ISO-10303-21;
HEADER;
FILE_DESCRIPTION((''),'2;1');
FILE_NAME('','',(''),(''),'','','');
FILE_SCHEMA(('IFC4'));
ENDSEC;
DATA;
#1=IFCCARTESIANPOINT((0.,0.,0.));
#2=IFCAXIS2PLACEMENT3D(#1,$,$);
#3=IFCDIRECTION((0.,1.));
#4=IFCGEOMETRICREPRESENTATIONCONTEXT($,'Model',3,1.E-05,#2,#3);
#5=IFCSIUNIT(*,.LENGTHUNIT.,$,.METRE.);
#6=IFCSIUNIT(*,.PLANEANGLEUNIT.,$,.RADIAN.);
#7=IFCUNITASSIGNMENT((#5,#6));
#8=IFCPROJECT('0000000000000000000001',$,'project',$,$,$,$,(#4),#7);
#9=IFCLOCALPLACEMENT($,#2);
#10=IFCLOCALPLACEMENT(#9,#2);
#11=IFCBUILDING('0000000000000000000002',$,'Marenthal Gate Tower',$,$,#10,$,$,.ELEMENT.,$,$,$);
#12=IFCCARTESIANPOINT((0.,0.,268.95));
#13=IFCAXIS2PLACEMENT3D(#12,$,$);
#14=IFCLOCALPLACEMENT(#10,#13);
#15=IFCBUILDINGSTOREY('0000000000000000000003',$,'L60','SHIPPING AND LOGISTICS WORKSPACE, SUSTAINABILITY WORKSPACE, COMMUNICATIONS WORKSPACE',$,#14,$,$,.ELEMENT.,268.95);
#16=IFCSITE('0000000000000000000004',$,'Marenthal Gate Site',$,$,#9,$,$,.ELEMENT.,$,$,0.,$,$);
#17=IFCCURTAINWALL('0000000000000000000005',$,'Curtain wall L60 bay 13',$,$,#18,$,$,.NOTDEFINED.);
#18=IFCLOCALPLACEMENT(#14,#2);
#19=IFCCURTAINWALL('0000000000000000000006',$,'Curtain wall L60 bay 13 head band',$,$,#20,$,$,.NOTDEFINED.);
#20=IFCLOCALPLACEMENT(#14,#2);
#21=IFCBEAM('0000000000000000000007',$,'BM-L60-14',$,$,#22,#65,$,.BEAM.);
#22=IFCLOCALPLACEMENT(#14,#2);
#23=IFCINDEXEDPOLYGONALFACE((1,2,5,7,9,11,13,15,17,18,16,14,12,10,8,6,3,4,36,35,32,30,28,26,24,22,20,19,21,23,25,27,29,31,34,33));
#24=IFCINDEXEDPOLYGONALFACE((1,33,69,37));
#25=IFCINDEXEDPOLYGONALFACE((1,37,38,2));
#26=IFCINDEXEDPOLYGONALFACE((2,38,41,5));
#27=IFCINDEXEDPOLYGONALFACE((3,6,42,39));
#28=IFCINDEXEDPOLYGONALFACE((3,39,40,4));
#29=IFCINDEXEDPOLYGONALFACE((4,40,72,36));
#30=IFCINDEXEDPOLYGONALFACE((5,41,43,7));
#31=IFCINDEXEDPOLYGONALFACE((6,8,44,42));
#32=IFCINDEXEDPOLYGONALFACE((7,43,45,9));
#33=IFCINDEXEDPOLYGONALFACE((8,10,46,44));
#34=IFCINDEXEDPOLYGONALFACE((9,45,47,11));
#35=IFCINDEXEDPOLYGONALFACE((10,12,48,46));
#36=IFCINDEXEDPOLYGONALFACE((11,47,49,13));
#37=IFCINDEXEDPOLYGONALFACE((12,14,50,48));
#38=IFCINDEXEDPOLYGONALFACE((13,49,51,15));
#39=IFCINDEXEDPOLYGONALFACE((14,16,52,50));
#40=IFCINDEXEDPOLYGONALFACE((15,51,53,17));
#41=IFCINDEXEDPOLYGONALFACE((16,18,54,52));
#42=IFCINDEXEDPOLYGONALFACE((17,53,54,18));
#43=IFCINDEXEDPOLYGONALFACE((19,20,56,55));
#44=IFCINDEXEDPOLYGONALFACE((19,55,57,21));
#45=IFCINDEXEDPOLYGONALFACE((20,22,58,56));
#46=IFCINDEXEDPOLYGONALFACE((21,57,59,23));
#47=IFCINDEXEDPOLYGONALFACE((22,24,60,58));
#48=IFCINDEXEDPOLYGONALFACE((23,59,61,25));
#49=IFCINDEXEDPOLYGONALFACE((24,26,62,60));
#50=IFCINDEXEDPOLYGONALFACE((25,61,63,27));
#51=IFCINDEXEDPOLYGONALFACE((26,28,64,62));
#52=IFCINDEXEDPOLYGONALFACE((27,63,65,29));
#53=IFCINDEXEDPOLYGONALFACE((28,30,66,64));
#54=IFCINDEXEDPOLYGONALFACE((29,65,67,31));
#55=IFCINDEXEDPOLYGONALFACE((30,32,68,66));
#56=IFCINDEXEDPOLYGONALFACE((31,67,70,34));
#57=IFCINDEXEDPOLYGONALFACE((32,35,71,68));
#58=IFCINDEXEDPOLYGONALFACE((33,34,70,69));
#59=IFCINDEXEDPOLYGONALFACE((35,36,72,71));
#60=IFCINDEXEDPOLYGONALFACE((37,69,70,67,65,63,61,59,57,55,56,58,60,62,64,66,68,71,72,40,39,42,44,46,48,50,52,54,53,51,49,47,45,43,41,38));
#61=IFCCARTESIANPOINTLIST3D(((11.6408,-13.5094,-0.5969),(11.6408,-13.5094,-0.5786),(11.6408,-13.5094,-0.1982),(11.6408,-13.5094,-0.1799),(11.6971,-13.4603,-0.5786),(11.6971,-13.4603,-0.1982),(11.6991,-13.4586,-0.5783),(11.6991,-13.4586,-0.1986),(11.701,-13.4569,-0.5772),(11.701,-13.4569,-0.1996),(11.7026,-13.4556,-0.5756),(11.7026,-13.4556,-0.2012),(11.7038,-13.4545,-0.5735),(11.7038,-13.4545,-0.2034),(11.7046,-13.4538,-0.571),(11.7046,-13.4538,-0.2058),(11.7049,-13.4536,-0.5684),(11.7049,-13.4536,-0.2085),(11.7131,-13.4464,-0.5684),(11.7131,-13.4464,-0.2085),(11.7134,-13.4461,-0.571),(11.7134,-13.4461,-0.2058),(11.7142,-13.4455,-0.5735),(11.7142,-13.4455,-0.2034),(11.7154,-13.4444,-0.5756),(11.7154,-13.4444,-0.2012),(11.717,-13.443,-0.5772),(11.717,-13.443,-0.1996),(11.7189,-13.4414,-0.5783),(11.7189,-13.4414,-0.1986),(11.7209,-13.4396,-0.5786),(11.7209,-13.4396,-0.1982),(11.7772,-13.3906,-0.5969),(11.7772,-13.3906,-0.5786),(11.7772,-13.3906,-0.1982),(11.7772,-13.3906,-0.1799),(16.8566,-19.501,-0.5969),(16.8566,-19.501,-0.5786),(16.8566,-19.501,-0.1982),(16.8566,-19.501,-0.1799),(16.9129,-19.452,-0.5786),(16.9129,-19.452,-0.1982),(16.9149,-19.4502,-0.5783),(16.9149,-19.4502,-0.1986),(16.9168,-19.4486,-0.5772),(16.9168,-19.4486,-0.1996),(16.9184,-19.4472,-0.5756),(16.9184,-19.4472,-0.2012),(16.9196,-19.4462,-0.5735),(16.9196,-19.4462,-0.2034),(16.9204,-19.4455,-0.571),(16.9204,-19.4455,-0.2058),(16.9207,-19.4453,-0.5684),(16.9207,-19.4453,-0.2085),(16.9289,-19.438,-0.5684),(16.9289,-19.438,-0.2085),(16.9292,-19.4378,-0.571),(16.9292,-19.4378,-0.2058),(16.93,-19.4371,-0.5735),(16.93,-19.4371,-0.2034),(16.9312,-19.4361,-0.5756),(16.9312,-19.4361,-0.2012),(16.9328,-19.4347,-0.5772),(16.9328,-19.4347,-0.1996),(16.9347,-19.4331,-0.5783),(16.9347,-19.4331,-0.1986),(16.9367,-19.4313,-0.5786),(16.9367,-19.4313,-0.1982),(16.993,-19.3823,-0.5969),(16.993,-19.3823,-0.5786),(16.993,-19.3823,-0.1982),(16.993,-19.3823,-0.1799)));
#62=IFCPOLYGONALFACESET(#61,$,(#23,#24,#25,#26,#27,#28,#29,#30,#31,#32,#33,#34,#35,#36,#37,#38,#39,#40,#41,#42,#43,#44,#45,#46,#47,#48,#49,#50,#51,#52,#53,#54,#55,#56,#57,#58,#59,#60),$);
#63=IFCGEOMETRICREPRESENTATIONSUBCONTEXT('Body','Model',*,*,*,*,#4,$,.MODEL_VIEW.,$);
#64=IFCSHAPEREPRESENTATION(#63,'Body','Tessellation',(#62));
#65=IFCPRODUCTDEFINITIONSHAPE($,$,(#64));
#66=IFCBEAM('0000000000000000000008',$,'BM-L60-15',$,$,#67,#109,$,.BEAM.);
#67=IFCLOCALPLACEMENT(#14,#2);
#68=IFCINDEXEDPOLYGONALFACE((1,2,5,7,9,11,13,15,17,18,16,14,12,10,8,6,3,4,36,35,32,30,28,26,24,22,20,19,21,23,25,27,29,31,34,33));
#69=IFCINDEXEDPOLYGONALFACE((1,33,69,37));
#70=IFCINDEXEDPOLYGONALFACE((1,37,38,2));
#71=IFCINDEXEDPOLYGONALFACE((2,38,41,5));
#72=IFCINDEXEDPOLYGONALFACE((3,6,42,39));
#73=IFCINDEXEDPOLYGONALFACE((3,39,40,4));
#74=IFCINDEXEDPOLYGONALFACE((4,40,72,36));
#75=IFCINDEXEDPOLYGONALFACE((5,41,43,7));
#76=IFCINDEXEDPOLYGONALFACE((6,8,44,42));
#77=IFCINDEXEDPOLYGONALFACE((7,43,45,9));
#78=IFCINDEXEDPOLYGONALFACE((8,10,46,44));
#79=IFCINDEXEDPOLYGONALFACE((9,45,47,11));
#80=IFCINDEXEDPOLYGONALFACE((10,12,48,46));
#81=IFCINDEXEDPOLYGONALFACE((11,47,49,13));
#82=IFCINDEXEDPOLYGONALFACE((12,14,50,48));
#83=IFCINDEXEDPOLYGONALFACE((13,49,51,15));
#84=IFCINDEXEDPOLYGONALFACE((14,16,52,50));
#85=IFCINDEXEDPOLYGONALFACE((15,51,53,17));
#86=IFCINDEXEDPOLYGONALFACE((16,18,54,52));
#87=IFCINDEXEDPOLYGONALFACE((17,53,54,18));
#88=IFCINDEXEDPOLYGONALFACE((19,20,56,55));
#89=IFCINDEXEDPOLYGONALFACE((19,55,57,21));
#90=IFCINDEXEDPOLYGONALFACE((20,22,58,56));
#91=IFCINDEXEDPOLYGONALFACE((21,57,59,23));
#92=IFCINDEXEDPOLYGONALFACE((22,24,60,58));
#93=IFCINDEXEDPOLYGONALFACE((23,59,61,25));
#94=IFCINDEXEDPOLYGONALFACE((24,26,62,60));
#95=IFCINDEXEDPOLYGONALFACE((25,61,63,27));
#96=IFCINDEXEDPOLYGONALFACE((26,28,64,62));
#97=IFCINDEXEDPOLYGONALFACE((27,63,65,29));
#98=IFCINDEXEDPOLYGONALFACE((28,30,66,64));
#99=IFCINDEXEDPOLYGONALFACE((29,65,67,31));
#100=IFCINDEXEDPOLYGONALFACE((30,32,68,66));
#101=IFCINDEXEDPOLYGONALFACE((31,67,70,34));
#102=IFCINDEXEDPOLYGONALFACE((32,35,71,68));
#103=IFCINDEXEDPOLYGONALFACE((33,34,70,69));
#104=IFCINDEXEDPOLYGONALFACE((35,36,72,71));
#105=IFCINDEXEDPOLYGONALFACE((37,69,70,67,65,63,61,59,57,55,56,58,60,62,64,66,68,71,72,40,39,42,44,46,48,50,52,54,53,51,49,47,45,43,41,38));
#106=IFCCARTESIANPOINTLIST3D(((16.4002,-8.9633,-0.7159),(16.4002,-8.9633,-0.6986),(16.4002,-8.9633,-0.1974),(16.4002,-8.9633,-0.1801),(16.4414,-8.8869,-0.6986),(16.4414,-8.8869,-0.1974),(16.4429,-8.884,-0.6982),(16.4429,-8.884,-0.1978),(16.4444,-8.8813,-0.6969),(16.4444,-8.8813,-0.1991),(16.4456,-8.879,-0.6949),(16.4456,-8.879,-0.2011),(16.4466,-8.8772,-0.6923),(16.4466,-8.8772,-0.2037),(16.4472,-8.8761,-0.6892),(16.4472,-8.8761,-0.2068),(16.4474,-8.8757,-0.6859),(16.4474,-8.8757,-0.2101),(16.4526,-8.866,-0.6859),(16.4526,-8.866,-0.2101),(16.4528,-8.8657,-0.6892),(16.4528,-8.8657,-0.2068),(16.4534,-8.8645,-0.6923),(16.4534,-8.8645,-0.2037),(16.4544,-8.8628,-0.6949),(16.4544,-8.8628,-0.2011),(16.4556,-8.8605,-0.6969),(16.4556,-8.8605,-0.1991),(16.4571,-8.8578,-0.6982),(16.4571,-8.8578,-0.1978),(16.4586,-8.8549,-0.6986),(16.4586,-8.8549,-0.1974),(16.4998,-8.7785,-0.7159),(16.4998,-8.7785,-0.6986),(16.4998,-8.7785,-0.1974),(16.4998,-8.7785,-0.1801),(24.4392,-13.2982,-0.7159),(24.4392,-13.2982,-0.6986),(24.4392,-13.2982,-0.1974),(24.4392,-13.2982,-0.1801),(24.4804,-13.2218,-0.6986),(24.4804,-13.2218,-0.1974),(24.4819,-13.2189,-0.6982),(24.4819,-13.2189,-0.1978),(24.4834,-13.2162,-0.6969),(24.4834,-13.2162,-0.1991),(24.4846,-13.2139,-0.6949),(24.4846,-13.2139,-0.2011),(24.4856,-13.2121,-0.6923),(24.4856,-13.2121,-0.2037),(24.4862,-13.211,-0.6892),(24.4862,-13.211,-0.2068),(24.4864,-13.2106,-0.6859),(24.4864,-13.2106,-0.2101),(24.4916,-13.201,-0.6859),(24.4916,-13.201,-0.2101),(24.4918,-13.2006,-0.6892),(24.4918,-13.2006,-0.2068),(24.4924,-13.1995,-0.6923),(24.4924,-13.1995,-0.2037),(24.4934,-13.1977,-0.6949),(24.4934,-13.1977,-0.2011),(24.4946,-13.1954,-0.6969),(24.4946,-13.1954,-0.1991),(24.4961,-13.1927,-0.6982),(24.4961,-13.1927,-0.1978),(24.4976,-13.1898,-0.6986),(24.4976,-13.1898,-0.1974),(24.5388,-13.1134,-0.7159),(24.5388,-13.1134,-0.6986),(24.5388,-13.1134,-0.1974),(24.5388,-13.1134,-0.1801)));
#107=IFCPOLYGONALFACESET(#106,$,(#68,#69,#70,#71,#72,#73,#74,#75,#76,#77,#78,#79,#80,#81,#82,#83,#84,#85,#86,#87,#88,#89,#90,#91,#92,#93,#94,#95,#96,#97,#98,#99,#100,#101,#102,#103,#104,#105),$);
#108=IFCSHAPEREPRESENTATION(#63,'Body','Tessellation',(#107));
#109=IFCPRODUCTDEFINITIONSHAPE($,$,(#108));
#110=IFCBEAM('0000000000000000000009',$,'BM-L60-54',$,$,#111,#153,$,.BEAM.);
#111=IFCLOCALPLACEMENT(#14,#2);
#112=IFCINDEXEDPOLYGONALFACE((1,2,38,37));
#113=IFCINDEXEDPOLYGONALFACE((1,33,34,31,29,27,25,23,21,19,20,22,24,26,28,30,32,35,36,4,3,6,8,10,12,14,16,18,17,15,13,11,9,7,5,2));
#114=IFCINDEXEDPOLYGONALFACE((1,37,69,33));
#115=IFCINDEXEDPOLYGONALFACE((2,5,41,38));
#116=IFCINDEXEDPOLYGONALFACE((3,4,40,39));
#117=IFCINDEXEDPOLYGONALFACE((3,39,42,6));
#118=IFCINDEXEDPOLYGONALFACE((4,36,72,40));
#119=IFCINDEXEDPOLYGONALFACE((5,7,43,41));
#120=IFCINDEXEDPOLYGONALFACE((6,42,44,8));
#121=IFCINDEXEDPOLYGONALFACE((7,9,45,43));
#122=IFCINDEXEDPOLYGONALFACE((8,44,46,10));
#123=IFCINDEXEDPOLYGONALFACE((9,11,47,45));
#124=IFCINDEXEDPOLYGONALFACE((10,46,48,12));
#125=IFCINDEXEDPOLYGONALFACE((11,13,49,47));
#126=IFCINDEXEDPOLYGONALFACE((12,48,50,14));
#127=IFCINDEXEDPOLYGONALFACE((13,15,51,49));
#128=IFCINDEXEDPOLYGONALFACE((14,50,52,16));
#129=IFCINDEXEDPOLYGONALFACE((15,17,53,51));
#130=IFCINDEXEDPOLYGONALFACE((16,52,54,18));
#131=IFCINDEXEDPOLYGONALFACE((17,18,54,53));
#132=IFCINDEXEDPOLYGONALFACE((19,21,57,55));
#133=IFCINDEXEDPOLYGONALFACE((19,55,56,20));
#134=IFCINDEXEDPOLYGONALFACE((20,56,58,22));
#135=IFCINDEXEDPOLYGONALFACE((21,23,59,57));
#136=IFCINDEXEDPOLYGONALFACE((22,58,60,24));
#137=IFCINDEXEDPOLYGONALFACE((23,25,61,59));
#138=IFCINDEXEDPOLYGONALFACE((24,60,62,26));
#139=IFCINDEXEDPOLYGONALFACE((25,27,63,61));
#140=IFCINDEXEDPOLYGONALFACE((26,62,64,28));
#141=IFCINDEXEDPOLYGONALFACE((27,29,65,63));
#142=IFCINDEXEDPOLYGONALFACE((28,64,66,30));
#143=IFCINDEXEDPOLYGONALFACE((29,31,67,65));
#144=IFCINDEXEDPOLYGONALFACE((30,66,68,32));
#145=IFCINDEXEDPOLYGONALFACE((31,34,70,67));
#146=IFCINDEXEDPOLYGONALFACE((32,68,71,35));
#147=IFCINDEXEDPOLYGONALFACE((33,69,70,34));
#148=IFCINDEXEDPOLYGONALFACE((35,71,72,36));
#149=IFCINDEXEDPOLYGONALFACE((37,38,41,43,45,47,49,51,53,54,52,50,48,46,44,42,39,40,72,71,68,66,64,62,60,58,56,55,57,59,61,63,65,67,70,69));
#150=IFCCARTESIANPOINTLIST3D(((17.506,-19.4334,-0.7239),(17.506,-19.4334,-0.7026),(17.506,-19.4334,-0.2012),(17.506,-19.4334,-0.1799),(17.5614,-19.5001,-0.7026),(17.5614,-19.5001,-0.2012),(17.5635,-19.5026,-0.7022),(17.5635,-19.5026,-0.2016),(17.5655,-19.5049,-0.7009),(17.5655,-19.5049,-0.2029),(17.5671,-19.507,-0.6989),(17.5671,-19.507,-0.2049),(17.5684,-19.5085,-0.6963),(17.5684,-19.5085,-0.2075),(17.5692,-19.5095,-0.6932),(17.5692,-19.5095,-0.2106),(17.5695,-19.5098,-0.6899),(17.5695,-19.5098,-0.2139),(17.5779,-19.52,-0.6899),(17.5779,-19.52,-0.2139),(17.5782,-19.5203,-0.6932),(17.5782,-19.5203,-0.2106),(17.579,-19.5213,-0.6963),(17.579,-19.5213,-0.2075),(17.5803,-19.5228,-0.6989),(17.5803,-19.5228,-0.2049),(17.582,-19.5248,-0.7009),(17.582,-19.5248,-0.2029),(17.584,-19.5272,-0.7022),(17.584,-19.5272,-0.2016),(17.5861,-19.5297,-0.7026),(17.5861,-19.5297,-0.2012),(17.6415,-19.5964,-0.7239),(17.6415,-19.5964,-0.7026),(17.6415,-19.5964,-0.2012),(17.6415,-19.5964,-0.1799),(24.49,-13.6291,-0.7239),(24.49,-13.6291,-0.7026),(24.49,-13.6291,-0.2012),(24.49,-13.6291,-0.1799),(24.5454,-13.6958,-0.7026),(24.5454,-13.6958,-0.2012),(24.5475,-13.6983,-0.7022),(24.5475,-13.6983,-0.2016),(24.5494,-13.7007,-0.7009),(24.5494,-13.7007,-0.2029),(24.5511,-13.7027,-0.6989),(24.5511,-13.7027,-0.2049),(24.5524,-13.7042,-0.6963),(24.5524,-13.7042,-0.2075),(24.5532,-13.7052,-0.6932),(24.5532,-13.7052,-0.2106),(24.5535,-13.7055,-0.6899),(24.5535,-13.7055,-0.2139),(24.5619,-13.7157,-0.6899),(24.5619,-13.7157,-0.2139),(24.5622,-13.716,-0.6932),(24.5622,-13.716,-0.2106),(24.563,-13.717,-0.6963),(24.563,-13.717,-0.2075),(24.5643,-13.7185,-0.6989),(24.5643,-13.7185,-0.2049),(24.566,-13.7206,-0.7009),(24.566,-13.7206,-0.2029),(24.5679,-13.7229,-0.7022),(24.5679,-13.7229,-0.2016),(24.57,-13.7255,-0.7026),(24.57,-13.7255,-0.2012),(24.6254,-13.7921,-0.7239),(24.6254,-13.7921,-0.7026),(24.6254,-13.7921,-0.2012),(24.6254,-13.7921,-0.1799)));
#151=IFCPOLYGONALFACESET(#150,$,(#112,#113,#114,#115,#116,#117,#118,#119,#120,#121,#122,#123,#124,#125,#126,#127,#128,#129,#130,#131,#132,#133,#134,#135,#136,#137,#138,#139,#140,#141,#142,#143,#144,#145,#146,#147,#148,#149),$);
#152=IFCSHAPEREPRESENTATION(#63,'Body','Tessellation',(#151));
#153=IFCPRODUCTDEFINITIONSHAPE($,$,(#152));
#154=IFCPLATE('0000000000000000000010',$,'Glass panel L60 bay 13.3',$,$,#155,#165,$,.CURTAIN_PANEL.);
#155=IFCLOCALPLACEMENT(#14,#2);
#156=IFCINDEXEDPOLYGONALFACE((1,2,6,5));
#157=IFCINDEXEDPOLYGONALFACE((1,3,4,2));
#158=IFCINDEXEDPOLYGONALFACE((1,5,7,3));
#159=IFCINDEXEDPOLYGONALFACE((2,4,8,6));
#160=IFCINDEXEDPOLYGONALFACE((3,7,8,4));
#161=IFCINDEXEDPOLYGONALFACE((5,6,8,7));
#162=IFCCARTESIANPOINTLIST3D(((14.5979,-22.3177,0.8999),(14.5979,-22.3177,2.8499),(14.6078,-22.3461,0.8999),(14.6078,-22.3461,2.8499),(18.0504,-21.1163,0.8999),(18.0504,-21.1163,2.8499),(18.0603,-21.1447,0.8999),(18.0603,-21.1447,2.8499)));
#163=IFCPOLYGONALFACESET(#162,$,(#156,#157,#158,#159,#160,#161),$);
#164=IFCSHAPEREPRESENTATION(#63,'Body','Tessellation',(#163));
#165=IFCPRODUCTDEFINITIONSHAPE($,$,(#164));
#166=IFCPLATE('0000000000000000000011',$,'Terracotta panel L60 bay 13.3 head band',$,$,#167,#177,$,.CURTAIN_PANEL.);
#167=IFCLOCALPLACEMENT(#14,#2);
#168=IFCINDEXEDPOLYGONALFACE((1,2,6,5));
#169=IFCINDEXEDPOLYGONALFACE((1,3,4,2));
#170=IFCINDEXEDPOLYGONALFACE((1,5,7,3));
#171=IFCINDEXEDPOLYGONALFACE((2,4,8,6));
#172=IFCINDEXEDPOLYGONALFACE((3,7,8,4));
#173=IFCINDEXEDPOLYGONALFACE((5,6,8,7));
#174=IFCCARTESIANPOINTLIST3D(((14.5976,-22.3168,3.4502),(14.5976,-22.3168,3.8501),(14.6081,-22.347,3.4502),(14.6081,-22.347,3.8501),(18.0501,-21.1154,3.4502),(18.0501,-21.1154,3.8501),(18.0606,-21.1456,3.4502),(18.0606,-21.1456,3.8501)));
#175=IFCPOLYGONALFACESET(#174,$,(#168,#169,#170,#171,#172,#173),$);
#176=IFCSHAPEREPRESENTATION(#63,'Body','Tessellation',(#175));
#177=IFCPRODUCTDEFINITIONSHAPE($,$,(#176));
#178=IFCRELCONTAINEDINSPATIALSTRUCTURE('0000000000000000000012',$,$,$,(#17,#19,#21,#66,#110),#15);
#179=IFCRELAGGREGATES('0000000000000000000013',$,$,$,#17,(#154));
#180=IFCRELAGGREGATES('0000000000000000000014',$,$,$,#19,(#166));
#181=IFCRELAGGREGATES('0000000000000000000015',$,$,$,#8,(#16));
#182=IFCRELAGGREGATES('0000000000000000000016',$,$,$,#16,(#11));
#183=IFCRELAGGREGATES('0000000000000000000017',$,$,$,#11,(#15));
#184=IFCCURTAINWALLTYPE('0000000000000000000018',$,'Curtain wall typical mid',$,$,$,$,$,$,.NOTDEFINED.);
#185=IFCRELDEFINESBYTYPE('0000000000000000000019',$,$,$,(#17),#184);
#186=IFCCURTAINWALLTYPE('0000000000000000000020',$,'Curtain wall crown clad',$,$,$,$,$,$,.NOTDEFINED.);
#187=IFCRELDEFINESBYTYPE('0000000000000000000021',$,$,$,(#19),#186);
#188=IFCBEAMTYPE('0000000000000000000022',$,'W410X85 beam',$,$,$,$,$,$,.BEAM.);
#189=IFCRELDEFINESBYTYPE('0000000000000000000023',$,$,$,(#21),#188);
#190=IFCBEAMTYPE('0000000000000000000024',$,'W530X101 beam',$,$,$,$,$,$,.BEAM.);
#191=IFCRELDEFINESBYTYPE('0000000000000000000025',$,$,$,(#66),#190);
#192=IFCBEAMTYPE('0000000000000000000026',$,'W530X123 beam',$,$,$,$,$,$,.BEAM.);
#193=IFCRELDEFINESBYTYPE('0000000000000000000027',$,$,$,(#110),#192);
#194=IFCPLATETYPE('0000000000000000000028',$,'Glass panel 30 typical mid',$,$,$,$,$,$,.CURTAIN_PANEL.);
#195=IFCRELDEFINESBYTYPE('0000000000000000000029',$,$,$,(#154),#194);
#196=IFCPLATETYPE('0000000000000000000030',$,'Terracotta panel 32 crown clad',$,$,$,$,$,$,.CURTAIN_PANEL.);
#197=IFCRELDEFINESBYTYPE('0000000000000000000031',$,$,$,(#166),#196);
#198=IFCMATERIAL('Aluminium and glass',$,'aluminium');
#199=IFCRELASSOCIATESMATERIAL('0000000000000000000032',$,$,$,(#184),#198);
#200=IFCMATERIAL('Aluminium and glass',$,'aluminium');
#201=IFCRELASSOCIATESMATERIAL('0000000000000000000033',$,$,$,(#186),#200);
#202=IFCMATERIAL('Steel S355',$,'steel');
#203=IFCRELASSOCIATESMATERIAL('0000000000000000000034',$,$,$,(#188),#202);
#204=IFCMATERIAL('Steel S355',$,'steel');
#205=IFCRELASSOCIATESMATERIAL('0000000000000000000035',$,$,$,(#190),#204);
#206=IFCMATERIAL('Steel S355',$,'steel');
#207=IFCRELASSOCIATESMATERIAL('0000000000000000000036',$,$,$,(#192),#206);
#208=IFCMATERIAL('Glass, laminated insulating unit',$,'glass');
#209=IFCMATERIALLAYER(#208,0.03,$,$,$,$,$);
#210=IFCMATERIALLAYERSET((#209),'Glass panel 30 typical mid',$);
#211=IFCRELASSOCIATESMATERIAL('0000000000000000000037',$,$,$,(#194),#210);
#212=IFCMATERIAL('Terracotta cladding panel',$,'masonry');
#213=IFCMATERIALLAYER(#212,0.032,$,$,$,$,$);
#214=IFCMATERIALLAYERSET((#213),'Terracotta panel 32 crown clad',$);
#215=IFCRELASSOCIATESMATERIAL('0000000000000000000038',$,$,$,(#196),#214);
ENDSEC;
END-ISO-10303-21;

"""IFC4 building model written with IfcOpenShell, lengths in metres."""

from ifc_helpers import new_model, si_unit, direction, frame, origin, origin_2d, place, context, subcontext, project, spatial, rectangle, i_section, extrude, material, layer, layer_set, material_profile, profile_set, type_object, element, aggregate, save


model = new_model("IFC4")

# Units and contexts
model_context = context("Model", 3, precision=1e-05, world=origin(), true_north=direction((0.0, 1.0)))
body_context = subcontext(model_context, "Body", "Model", "MODEL_VIEW")
ifc_project = project(units=[si_unit("LENGTHUNIT", "METRE"), si_unit("PLANEANGLEUNIT", "RADIAN")], contexts=[model_context])

# Site, building, storey
site_placement = place(None, origin())
site = spatial("IfcSite", under=ifc_project, at=site_placement, Name="Marenthal Gate Site", CompositionType="ELEMENT", RefElevation=0.0)
building_placement = place(site_placement, origin())
building = spatial("IfcBuilding", under=site, at=building_placement, Name="Marenthal Gate Tower", CompositionType="ELEMENT")
storey_placement = place(building_placement, frame((0.0, 0.0, 268.95)))
storey = spatial("IfcBuildingStorey", under=building, at=storey_placement, Name="L60", Description="SHIPPING AND LOGISTICS WORKSPACE, SUSTAINABILITY WORKSPACE, COMMUNICATIONS WORKSPACE", CompositionType="ELEMENT", Elevation=268.95)

# Curtain wall
ifc_material_1 = material(Name="Aluminium and glass", Category="aluminium")
curtain_wall_type_1 = type_object("IfcCurtainWallType", Name="Curtain wall typical mid", PredefinedType="NOTDEFINED", material=ifc_material_1)
curtain_wall_1_placement = place(storey_placement, origin())
curtain_wall_1 = element("IfcCurtainWall", 1, at=curtain_wall_1_placement, inside=storey, type_object=curtain_wall_type_1, Name="Curtain wall L60 bay 13", PredefinedType="NOTDEFINED")

# Curtain wall
ifc_material_2 = material(Name="Aluminium and glass", Category="aluminium")
curtain_wall_type_2 = type_object("IfcCurtainWallType", Name="Curtain wall crown clad", PredefinedType="NOTDEFINED", material=ifc_material_2)
curtain_wall_2_placement = place(storey_placement, origin())
curtain_wall_2 = element("IfcCurtainWall", 2, at=curtain_wall_2_placement, inside=storey, type_object=curtain_wall_type_2, Name="Curtain wall L60 bay 13 head band", PredefinedType="NOTDEFINED")

# Beams
ifc_material_3 = material(Name="Steel S355", Category="steel")
ifc_material_profile_1 = material_profile(ifc_material_3, i_section(OverallWidth=0.1809, OverallDepth=0.417, WebThickness=0.011, FlangeThickness=0.0183, FilletRadius=0.0103, at=origin_2d()), Name="W410X85")
ifc_profile_set_1 = profile_set([ifc_material_profile_1], Name="Steel S355")
beam_type_1 = type_object("IfcBeamType", Name="W410X85 beam", PredefinedType="BEAM", material=ifc_profile_set_1)
beam_1_placement = place(storey_placement, frame((16.9248, -19.4417, -0.3884), z_axis=(-0.656583, 0.754253, 0.0), x_axis=(-0.754253, -0.656583, 0.0)))
element("IfcBeam", 3, at=beam_1_placement, inside=storey, type_object=beam_type_1, Name="BM-L60-14", PredefinedType="BEAM", context=body_context, shape_type="SweptSolid", body=[
    extrude(i_section(OverallWidth=0.1809, OverallDepth=0.417, WebThickness=0.011, FlangeThickness=0.0183, FilletRadius=0.0103, at=origin_2d()), origin(), (0.0, 0.0, 1.0), 7.9438),
])
ifc_material_4 = material(Name="Steel S355", Category="steel")
ifc_material_profile_2 = material_profile(ifc_material_4, i_section(OverallWidth=0.21, OverallDepth=0.5359, WebThickness=0.011, FlangeThickness=0.0173, FilletRadius=0.0127, at=origin_2d()), Name="W530X101")
ifc_profile_set_2 = profile_set([ifc_material_profile_2], Name="Steel S355")
beam_type_2 = type_object("IfcBeamType", Name="W530X101 beam", PredefinedType="BEAM", material=ifc_profile_set_2)
beam_2_placement = place(storey_placement, frame((24.489, -13.2058, -0.448), z_axis=(-0.880186, 0.474629, 0.0), x_axis=(-0.474629, -0.880186, 0.0)))
element("IfcBeam", 4, at=beam_2_placement, inside=storey, type_object=beam_type_2, Name="BM-L60-15", PredefinedType="BEAM", context=body_context, shape_type="SweptSolid", body=[
    extrude(i_section(OverallWidth=0.21, OverallDepth=0.5359, WebThickness=0.011, FlangeThickness=0.0173, FilletRadius=0.0127, at=origin_2d()), origin(), (0.0, 0.0, 1.0), 9.1333),
])
ifc_material_5 = material(Name="Steel S355", Category="steel")
ifc_material_profile_3 = material_profile(ifc_material_5, i_section(OverallWidth=0.2119, OverallDepth=0.5439, WebThickness=0.0132, FlangeThickness=0.0212, FilletRadius=0.0127, at=origin_2d()), Name="W530X123")
ifc_profile_set_3 = profile_set([ifc_material_profile_3], Name="Steel S355")
beam_type_3 = type_object("IfcBeamType", Name="W530X123 beam", PredefinedType="BEAM", material=ifc_profile_set_3)
beam_3_placement = place(storey_placement, frame((17.5737, -19.5149, -0.4519), z_axis=(0.769071, 0.639163, 0.0), x_axis=(-0.639163, 0.769071, 0.0)))
element("IfcBeam", 5, at=beam_3_placement, inside=storey, type_object=beam_type_3, Name="BM-L60-54", PredefinedType="BEAM", context=body_context, shape_type="SweptSolid", body=[
    extrude(i_section(OverallWidth=0.2119, OverallDepth=0.5439, WebThickness=0.0132, FlangeThickness=0.0212, FilletRadius=0.0127, at=origin_2d()), origin(), (0.0, 0.0, 1.0), 9.0811),
])

# Plates
ifc_material_6 = material(Name="Glass, laminated insulating unit", Category="glass")
ifc_layer_1 = layer(ifc_material_6, 0.03)
ifc_layer_set_1 = layer_set([ifc_layer_1], Name="Glass panel 30 typical mid")
plate_type_1 = type_object("IfcPlateType", Name="Glass panel 30 typical mid", PredefinedType="CURTAIN_PANEL", material=ifc_layer_set_1)
plate_1_placement = place(storey_placement, frame((16.3291, -21.7312, 0.8999), z_axis=(0.0, 0.0, 1.0), x_axis=(0.944445, 0.32867, 0.0)))
plate_1 = element("IfcPlate", 6, at=plate_1_placement, type_object=plate_type_1, Name="Glass panel L60 bay 13.3", PredefinedType="CURTAIN_PANEL", context=body_context, shape_type="SweptSolid", body=[
    extrude(rectangle(XDim=3.6555, YDim=0.03, at=origin_2d()), origin(), (0.0, 0.0, 1.0), 1.95),
])
aggregate(curtain_wall_1, [plate_1])
ifc_material_7 = material(Name="Terracotta cladding panel", Category="masonry")
ifc_layer_2 = layer(ifc_material_7, 0.032)
ifc_layer_set_2 = layer_set([ifc_layer_2], Name="Terracotta panel 32 crown clad")
plate_type_2 = type_object("IfcPlateType", Name="Terracotta panel 32 crown clad", PredefinedType="CURTAIN_PANEL", material=ifc_layer_set_2)
plate_2_placement = place(storey_placement, frame((16.3291, -21.7312, 3.4502), z_axis=(0.0, 0.0, 1.0), x_axis=(0.944445, 0.32867, 0.0)))
plate_2 = element("IfcPlate", 7, at=plate_2_placement, type_object=plate_type_2, Name="Terracotta panel L60 bay 13.3 head band", PredefinedType="CURTAIN_PANEL", context=body_context, shape_type="SweptSolid", body=[
    extrude(rectangle(XDim=3.6555, YDim=0.032, at=origin_2d()), origin(), (0.0, 0.0, 1.0), 0.3999),
])
aggregate(curtain_wall_2, [plate_2])

save(model, "model.ifc")
